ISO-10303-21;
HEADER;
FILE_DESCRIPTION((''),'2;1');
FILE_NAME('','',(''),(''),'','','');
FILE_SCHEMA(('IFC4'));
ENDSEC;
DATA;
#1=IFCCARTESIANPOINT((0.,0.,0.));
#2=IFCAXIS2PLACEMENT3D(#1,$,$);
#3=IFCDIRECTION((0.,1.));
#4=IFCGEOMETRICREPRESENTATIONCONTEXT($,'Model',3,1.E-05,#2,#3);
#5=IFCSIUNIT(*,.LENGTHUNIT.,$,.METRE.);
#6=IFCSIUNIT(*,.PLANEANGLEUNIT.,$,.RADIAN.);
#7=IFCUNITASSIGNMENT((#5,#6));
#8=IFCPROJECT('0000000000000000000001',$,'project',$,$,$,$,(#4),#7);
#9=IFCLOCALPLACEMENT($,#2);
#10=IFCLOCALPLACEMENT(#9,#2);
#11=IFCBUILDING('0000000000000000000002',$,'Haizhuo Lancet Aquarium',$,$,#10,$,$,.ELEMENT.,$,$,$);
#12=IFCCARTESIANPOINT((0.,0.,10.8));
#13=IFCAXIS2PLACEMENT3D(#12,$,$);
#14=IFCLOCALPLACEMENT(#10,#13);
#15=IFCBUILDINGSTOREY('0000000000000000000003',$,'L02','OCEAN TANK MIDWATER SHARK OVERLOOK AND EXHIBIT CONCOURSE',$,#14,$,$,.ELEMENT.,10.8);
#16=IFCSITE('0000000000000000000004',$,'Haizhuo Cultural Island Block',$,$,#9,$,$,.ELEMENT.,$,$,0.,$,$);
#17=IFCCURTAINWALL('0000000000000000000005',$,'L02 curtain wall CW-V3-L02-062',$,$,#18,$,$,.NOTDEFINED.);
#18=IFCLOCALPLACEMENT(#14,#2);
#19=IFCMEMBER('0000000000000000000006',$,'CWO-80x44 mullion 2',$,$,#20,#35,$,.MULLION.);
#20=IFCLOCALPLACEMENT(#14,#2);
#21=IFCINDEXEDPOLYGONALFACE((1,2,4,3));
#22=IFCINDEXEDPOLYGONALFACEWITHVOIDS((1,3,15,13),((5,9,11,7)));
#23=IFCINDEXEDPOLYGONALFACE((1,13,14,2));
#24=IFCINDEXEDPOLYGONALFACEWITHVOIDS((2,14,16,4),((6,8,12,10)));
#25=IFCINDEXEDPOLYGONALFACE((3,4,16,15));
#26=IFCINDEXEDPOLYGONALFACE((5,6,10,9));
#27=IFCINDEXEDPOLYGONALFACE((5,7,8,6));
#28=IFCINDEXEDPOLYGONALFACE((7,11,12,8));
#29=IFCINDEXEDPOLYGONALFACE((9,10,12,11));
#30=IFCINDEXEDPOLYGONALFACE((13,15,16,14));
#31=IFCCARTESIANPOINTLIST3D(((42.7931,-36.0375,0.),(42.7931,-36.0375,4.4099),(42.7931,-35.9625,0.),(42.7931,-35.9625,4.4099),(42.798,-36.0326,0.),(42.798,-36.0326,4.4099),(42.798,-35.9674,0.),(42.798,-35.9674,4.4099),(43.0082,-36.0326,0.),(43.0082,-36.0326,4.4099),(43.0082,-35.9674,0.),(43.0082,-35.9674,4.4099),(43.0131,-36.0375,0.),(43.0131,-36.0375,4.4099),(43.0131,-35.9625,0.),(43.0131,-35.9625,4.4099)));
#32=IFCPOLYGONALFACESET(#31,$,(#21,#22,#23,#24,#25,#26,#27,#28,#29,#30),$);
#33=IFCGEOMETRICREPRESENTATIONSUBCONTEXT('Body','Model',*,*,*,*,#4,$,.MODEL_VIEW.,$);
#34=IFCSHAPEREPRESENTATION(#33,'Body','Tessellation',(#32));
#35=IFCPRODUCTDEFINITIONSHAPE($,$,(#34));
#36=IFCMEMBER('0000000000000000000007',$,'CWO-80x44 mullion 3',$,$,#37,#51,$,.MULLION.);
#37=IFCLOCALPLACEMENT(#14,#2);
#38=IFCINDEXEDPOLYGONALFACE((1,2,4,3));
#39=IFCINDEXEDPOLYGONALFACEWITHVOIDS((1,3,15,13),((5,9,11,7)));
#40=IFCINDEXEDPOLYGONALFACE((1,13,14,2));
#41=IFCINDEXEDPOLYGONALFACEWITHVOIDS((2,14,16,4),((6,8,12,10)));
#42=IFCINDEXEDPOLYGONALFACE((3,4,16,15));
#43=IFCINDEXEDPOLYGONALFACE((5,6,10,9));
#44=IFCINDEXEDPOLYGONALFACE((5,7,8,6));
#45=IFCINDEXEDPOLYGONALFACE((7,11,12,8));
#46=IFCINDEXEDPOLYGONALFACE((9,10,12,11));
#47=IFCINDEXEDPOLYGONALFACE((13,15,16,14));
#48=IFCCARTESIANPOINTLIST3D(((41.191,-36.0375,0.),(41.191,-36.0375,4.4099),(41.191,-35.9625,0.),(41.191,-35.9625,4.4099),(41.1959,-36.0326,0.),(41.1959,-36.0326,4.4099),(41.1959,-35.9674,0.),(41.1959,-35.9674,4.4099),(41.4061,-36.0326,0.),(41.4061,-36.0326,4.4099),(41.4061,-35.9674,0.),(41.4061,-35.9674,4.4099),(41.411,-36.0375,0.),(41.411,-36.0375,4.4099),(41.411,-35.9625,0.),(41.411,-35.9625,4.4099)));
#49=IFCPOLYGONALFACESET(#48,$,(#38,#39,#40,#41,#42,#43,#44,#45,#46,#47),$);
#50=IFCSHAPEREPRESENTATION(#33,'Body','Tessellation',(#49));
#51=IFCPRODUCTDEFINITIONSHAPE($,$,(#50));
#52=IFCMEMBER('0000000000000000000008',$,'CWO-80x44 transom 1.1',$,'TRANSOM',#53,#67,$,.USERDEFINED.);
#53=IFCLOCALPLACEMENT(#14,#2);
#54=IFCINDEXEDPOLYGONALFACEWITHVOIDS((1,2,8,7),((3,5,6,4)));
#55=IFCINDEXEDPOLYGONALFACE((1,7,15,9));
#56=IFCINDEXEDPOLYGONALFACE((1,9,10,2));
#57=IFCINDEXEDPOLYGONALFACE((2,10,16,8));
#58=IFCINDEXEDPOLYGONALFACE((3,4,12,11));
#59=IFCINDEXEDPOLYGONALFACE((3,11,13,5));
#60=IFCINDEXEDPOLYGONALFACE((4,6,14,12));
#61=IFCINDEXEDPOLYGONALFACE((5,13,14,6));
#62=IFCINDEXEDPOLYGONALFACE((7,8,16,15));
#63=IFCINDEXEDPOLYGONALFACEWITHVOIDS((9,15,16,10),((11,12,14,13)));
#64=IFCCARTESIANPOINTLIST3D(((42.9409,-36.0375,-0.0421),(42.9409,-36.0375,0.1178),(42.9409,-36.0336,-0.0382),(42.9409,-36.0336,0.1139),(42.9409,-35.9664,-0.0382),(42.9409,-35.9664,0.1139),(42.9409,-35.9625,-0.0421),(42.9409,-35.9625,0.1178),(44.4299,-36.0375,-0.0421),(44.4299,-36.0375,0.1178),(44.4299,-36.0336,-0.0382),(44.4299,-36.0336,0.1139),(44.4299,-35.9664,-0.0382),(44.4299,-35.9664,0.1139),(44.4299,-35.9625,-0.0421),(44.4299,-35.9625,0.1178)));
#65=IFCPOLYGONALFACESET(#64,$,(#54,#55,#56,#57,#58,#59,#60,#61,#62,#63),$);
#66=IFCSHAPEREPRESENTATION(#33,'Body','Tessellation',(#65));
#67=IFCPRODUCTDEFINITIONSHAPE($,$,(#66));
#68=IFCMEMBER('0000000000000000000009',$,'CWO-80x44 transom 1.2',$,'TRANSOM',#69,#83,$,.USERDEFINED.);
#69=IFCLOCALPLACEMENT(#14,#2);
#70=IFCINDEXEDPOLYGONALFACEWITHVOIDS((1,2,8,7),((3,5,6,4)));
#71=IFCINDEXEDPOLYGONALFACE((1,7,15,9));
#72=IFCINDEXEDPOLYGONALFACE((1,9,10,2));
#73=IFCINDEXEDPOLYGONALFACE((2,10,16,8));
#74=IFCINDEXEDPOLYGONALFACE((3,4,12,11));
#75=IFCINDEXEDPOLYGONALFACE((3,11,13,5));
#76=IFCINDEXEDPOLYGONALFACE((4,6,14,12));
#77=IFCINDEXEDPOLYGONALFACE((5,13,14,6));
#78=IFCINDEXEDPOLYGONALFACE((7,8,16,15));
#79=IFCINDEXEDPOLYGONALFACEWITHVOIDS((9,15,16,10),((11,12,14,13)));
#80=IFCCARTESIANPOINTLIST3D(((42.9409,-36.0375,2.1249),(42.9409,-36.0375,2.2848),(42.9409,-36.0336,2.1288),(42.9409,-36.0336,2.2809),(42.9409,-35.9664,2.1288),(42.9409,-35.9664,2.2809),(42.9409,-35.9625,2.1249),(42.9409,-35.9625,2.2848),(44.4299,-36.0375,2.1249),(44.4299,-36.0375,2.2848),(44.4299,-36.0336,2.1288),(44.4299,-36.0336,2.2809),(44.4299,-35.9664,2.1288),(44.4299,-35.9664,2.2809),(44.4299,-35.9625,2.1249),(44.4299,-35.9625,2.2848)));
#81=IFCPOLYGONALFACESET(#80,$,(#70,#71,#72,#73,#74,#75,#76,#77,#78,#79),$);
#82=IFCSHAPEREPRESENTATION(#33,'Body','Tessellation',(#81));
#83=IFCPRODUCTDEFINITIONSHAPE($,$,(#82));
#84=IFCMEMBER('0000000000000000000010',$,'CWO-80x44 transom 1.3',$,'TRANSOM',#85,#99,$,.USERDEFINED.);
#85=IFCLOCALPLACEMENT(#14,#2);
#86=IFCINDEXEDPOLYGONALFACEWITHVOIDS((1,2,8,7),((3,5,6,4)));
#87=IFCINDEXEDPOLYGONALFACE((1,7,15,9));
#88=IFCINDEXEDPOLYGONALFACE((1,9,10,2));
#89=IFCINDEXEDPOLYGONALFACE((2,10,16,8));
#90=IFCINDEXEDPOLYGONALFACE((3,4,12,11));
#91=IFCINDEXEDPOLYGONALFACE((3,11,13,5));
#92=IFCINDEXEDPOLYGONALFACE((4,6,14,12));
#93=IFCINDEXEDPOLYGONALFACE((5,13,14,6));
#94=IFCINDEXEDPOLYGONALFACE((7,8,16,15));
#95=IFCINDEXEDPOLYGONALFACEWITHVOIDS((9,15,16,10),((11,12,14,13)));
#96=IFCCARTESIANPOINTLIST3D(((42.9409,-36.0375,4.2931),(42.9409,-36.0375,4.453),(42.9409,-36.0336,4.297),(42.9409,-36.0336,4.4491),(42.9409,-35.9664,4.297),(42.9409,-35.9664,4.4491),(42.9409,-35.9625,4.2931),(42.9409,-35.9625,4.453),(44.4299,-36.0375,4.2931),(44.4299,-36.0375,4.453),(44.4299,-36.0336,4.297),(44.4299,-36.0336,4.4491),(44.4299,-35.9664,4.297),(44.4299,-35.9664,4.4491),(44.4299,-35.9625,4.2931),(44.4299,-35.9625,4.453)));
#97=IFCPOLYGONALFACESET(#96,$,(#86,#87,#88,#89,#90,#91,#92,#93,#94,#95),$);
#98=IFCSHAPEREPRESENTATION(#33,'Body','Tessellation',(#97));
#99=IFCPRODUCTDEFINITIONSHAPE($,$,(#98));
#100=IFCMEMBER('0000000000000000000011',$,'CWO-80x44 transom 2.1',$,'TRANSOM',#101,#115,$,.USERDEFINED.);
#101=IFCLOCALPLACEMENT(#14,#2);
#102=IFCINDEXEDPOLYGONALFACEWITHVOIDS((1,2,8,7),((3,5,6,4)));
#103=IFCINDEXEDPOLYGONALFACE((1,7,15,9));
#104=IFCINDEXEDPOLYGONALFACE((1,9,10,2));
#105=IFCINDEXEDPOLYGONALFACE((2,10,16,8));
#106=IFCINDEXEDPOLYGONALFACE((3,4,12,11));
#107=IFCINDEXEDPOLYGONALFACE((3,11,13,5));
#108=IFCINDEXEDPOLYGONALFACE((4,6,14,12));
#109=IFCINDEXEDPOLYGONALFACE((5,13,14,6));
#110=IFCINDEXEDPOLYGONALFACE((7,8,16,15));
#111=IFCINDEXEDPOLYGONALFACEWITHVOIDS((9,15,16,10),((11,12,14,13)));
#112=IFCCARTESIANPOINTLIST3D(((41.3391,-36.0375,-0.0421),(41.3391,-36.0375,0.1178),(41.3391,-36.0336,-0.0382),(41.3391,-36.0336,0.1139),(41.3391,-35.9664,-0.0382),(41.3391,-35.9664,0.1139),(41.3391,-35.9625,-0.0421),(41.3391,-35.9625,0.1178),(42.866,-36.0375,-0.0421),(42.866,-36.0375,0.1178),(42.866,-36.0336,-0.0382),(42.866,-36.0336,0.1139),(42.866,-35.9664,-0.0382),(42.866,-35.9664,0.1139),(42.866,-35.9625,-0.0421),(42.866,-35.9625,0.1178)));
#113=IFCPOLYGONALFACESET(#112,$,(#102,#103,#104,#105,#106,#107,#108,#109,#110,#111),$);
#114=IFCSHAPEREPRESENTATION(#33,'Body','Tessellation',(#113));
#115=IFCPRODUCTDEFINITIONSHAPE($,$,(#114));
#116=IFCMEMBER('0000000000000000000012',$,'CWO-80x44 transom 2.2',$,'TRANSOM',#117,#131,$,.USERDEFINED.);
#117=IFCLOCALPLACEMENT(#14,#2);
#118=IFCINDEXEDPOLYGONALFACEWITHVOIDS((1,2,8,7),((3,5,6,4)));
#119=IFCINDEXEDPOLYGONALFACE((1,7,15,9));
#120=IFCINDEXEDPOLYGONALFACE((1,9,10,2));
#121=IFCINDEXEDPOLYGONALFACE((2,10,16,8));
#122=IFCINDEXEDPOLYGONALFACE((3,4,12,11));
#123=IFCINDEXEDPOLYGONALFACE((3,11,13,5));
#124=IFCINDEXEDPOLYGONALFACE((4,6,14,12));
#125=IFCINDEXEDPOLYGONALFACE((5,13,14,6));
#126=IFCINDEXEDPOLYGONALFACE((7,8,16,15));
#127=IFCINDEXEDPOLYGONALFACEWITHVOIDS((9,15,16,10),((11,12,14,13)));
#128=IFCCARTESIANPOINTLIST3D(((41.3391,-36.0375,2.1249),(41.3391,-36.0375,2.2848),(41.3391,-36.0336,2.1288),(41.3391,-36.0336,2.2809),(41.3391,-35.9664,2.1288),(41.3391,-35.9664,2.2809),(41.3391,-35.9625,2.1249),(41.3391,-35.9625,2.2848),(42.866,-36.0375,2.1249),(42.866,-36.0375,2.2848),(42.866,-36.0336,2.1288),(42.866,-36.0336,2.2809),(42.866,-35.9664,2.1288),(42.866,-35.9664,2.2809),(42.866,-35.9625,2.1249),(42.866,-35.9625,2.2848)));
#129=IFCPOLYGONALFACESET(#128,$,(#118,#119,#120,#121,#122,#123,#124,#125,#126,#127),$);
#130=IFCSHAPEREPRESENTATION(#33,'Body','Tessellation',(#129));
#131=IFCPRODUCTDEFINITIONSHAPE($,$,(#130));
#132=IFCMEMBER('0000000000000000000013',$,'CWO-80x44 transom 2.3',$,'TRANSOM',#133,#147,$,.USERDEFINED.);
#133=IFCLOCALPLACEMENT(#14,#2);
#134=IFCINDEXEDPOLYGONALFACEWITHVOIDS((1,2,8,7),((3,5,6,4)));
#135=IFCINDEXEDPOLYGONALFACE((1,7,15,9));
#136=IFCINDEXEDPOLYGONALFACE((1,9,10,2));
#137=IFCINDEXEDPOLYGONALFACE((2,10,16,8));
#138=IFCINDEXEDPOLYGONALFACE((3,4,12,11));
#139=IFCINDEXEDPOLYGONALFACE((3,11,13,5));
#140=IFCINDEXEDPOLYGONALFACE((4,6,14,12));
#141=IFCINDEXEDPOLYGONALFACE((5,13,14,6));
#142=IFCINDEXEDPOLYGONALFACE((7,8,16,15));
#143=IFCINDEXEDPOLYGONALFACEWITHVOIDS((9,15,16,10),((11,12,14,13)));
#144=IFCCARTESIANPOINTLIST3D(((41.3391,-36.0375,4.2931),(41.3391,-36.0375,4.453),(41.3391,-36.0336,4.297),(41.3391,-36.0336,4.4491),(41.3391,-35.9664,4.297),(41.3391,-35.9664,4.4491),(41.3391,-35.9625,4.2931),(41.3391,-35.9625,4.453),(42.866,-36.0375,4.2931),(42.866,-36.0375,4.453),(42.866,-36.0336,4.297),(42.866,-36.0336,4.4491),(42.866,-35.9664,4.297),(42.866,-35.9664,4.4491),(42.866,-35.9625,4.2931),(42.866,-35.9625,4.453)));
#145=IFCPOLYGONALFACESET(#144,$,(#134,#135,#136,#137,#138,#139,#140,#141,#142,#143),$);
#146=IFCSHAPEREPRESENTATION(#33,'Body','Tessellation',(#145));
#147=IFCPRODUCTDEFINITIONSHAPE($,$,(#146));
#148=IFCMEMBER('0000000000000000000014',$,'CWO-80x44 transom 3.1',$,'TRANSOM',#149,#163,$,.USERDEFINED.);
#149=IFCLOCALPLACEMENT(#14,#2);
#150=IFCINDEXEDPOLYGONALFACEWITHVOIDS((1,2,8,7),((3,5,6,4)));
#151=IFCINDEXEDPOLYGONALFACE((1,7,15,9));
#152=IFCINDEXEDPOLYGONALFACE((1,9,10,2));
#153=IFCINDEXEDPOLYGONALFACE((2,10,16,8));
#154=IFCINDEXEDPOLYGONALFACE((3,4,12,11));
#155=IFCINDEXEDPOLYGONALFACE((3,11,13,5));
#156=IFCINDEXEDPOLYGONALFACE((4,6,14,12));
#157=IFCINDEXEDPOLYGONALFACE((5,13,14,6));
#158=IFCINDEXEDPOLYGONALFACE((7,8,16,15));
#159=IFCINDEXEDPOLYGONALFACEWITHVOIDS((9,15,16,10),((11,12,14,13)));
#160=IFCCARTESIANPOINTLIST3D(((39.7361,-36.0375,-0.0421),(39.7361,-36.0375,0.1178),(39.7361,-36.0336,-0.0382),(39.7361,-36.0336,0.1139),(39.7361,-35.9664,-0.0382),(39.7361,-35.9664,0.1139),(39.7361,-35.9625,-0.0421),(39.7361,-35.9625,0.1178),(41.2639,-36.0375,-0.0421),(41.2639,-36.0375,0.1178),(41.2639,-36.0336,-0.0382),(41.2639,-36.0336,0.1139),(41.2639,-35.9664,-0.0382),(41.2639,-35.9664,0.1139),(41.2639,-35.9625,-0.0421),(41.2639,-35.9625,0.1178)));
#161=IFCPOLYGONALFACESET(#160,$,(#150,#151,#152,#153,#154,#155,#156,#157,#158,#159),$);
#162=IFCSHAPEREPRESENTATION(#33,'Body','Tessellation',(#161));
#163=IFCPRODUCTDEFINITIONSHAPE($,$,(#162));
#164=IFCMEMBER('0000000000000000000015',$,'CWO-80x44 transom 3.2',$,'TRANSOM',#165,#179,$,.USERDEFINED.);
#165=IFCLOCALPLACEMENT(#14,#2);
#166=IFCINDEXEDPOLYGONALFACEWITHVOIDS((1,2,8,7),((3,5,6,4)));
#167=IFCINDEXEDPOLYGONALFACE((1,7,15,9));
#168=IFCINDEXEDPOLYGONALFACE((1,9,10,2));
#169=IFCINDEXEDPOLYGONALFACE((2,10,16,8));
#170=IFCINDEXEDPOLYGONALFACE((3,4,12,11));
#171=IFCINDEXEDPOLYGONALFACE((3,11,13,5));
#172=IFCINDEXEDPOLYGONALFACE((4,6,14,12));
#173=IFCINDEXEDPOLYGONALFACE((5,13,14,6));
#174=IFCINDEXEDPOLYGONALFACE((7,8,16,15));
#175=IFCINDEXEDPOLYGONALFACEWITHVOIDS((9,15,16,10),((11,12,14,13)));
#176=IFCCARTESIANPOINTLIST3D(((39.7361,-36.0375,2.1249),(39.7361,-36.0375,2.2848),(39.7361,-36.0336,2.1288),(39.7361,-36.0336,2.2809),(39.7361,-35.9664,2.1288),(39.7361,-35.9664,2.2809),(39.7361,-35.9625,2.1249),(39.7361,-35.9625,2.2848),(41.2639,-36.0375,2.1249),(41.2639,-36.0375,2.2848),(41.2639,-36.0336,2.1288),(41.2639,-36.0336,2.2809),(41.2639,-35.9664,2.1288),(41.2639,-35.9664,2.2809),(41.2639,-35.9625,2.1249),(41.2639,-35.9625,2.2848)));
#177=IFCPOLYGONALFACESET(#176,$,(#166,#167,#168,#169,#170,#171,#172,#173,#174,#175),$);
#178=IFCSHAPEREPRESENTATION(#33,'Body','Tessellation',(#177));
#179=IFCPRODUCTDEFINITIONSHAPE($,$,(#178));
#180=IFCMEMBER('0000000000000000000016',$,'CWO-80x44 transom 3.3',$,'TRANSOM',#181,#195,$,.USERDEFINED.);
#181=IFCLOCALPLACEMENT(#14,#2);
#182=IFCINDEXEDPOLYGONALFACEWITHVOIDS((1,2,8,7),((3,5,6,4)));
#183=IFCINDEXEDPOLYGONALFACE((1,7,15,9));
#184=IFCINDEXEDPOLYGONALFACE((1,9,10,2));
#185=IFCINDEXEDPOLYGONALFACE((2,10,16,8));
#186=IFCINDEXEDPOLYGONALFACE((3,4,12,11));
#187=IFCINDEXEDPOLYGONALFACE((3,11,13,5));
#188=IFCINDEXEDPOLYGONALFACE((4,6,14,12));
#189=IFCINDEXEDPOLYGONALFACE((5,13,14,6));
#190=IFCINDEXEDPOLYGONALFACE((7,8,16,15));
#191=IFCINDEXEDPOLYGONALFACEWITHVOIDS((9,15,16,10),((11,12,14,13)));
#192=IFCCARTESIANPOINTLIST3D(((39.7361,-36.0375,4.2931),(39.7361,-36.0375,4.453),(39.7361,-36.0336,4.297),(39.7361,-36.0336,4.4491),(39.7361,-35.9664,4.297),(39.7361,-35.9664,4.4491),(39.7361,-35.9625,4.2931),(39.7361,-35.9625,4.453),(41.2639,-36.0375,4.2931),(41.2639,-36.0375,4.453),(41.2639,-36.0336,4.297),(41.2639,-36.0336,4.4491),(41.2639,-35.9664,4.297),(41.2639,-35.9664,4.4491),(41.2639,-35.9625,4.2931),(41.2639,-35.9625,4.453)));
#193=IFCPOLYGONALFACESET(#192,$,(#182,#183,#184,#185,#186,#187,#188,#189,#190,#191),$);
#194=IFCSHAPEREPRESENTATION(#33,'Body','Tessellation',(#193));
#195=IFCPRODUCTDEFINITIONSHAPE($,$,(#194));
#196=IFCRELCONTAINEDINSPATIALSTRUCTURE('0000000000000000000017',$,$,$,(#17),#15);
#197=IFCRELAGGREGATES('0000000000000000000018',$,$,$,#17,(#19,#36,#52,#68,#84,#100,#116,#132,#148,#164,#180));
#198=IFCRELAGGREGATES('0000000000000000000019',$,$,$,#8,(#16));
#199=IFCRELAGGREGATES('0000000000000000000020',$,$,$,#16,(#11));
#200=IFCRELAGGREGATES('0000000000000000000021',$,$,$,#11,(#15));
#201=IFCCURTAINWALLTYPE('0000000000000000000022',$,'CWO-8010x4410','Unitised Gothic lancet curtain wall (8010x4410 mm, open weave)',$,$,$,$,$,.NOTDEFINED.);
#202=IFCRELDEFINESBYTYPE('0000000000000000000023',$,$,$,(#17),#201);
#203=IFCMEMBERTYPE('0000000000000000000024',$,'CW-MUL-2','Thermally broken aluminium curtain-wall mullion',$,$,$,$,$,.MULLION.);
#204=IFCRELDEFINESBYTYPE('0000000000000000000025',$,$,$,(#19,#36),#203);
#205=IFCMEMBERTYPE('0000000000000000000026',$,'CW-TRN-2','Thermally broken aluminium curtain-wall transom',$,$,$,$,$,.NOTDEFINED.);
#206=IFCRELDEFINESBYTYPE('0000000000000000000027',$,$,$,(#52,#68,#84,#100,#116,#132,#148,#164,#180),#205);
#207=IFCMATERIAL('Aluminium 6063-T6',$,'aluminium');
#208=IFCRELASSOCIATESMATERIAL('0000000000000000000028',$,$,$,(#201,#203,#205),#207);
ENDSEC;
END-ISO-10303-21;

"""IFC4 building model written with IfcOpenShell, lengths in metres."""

from ifc_helpers import new_model, si_unit, direction, frame, origin, origin_2d, place, context, subcontext, project, spatial, hollow_rectangle, extrude, material, material_profile, profile_set, type_object, element, aggregate, save


model = new_model("IFC4")

# Units and contexts
model_context = context("Model", 3, precision=1e-05, world=origin(), true_north=direction((0.0, 1.0)))
body_context = subcontext(model_context, "Body", "Model", "MODEL_VIEW")
ifc_project = project(units=[si_unit("LENGTHUNIT", "METRE"), si_unit("PLANEANGLEUNIT", "RADIAN")], contexts=[model_context])

# Site, building, storey
site_placement = place(None, origin())
site = spatial("IfcSite", under=ifc_project, at=site_placement, Name="Haizhuo Cultural Island Block", CompositionType="ELEMENT", RefElevation=0.0)
building_placement = place(site_placement, origin())
building = spatial("IfcBuilding", under=site, at=building_placement, Name="Haizhuo Lancet Aquarium", CompositionType="ELEMENT")
storey_placement = place(building_placement, frame((0.0, 0.0, 10.8)))
storey = spatial("IfcBuildingStorey", under=building, at=storey_placement, Name="L02", Description="OCEAN TANK MIDWATER SHARK OVERLOOK AND EXHIBIT CONCOURSE", CompositionType="ELEMENT", Elevation=10.8)

# Curtain wall, members
ifc_material_1 = material(Name="Aluminium 6063-T6", Category="aluminium")
curtain_wall_type = type_object("IfcCurtainWallType", Name="CWO-8010x4410", Description="Unitised Gothic lancet curtain wall (8010x4410 mm, open weave)", PredefinedType="NOTDEFINED", material=ifc_material_1)
curtain_wall_placement = place(storey_placement, origin())
curtain_wall = element("IfcCurtainWall", 1, at=curtain_wall_placement, inside=storey, type_object=curtain_wall_type, Name="L02 curtain wall CW-V3-L02-062", PredefinedType="NOTDEFINED")
ifc_material_profile_1 = material_profile(ifc_material_1, hollow_rectangle(XDim=0.075, YDim=0.22, WallThickness=0.0049, at=origin_2d()), Name="ALU-M 75x220x5")
ifc_profile_set_1 = profile_set([ifc_material_profile_1], Name="Aluminium 6063-T6")
member_type_1 = type_object("IfcMemberType", Name="CW-MUL-2", Description="Thermally broken aluminium curtain-wall mullion", PredefinedType="MULLION", material=ifc_profile_set_1)
member_1_placement = place(storey_placement, frame((42.9031, -36.0, 0.0), z_axis=(0.0, 0.0, 1.0), x_axis=(0.0, -1.0, 0.0)))
member_1 = element("IfcMember", 2, at=member_1_placement, type_object=member_type_1, Name="CWO-80x44 mullion 2", PredefinedType="MULLION", context=body_context, shape_type="SweptSolid", body=[
    extrude(hollow_rectangle(XDim=0.075, YDim=0.22, WallThickness=0.0049, at=origin_2d()), origin(), (0.0, 0.0, 1.0), 4.4099),
])
member_2_placement = place(storey_placement, frame((41.301, -36.0, 0.0), z_axis=(0.0, 0.0, 1.0), x_axis=(0.0, -1.0, 0.0)))
member_2 = element("IfcMember", 3, at=member_2_placement, type_object=member_type_1, Name="CWO-80x44 mullion 3", PredefinedType="MULLION", context=body_context, shape_type="SweptSolid", body=[
    extrude(hollow_rectangle(XDim=0.075, YDim=0.22, WallThickness=0.0049, at=origin_2d()), origin(), (0.0, 0.0, 1.0), 4.4099),
])
ifc_material_profile_2 = material_profile(ifc_material_1, hollow_rectangle(XDim=0.075, YDim=0.1599, WallThickness=0.0039, at=origin_2d()), Name="ALU-T 75x160x4")
ifc_profile_set_2 = profile_set([ifc_material_profile_2], Name="Aluminium 6063-T6")
member_type_2 = type_object("IfcMemberType", Name="CW-TRN-2", Description="Thermally broken aluminium curtain-wall transom", PredefinedType="NOTDEFINED", material=ifc_profile_set_2)
member_3_placement = place(storey_placement, frame((44.4299, -36.0, 0.0378), z_axis=(-1.0, 0.0, 0.0), x_axis=(0.0, -1.0, 0.0)))
member_3 = element("IfcMember", 4, at=member_3_placement, type_object=member_type_2, Name="CWO-80x44 transom 1.1", ObjectType="TRANSOM", PredefinedType="USERDEFINED", context=body_context, shape_type="SweptSolid", body=[
    extrude(hollow_rectangle(XDim=0.075, YDim=0.1599, WallThickness=0.0039, at=origin_2d()), origin(), (0.0, 0.0, 1.0), 1.489),
])
member_4_placement = place(storey_placement, frame((44.4299, -36.0, 2.2048), z_axis=(-1.0, 0.0, 0.0), x_axis=(0.0, -1.0, 0.0)))
member_4 = element("IfcMember", 5, at=member_4_placement, type_object=member_type_2, Name="CWO-80x44 transom 1.2", ObjectType="TRANSOM", PredefinedType="USERDEFINED", context=body_context, shape_type="SweptSolid", body=[
    extrude(hollow_rectangle(XDim=0.075, YDim=0.1599, WallThickness=0.0039, at=origin_2d()), origin(), (0.0, 0.0, 1.0), 1.489),
])
member_5_placement = place(storey_placement, frame((44.4299, -36.0, 4.373), z_axis=(-1.0, 0.0, 0.0), x_axis=(0.0, -1.0, 0.0)))
member_5 = element("IfcMember", 6, at=member_5_placement, type_object=member_type_2, Name="CWO-80x44 transom 1.3", ObjectType="TRANSOM", PredefinedType="USERDEFINED", context=body_context, shape_type="SweptSolid", body=[
    extrude(hollow_rectangle(XDim=0.075, YDim=0.1599, WallThickness=0.0039, at=origin_2d()), origin(), (0.0, 0.0, 1.0), 1.489),
])
member_6_placement = place(storey_placement, frame((42.866, -36.0, 0.0378), z_axis=(-1.0, 0.0, 0.0), x_axis=(0.0, -1.0, 0.0)))
member_6 = element("IfcMember", 7, at=member_6_placement, type_object=member_type_2, Name="CWO-80x44 transom 2.1", ObjectType="TRANSOM", PredefinedType="USERDEFINED", context=body_context, shape_type="SweptSolid", body=[
    extrude(hollow_rectangle(XDim=0.075, YDim=0.1599, WallThickness=0.0039, at=origin_2d()), origin(), (0.0, 0.0, 1.0), 1.5269),
])
member_7_placement = place(storey_placement, frame((42.866, -36.0, 2.2048), z_axis=(-1.0, 0.0, 0.0), x_axis=(0.0, -1.0, 0.0)))
member_7 = element("IfcMember", 8, at=member_7_placement, type_object=member_type_2, Name="CWO-80x44 transom 2.2", ObjectType="TRANSOM", PredefinedType="USERDEFINED", context=body_context, shape_type="SweptSolid", body=[
    extrude(hollow_rectangle(XDim=0.075, YDim=0.1599, WallThickness=0.0039, at=origin_2d()), origin(), (0.0, 0.0, 1.0), 1.5269),
])
member_8_placement = place(storey_placement, frame((42.866, -36.0, 4.373), z_axis=(-1.0, 0.0, 0.0), x_axis=(0.0, -1.0, 0.0)))
member_8 = element("IfcMember", 9, at=member_8_placement, type_object=member_type_2, Name="CWO-80x44 transom 2.3", ObjectType="TRANSOM", PredefinedType="USERDEFINED", context=body_context, shape_type="SweptSolid", body=[
    extrude(hollow_rectangle(XDim=0.075, YDim=0.1599, WallThickness=0.0039, at=origin_2d()), origin(), (0.0, 0.0, 1.0), 1.5269),
])
member_9_placement = place(storey_placement, frame((41.2639, -36.0, 0.0378), z_axis=(-1.0, 0.0, 0.0), x_axis=(0.0, -1.0, 0.0)))
member_9 = element("IfcMember", 10, at=member_9_placement, type_object=member_type_2, Name="CWO-80x44 transom 3.1", ObjectType="TRANSOM", PredefinedType="USERDEFINED", context=body_context, shape_type="SweptSolid", body=[
    extrude(hollow_rectangle(XDim=0.075, YDim=0.1599, WallThickness=0.0039, at=origin_2d()), origin(), (0.0, 0.0, 1.0), 1.5278),
])
member_10_placement = place(storey_placement, frame((41.2639, -36.0, 2.2048), z_axis=(-1.0, 0.0, 0.0), x_axis=(0.0, -1.0, 0.0)))
member_10 = element("IfcMember", 11, at=member_10_placement, type_object=member_type_2, Name="CWO-80x44 transom 3.2", ObjectType="TRANSOM", PredefinedType="USERDEFINED", context=body_context, shape_type="SweptSolid", body=[
    extrude(hollow_rectangle(XDim=0.075, YDim=0.1599, WallThickness=0.0039, at=origin_2d()), origin(), (0.0, 0.0, 1.0), 1.5278),
])
member_11_placement = place(storey_placement, frame((41.2639, -36.0, 4.373), z_axis=(-1.0, 0.0, 0.0), x_axis=(0.0, -1.0, 0.0)))
member_11 = element("IfcMember", 12, at=member_11_placement, type_object=member_type_2, Name="CWO-80x44 transom 3.3", ObjectType="TRANSOM", PredefinedType="USERDEFINED", context=body_context, shape_type="SweptSolid", body=[
    extrude(hollow_rectangle(XDim=0.075, YDim=0.1599, WallThickness=0.0039, at=origin_2d()), origin(), (0.0, 0.0, 1.0), 1.5278),
])

aggregate(curtain_wall, [member_1, member_2, member_3, member_4, member_5, member_6, member_7, member_8, member_9, member_10, member_11])

save(model, "model.ifc")
